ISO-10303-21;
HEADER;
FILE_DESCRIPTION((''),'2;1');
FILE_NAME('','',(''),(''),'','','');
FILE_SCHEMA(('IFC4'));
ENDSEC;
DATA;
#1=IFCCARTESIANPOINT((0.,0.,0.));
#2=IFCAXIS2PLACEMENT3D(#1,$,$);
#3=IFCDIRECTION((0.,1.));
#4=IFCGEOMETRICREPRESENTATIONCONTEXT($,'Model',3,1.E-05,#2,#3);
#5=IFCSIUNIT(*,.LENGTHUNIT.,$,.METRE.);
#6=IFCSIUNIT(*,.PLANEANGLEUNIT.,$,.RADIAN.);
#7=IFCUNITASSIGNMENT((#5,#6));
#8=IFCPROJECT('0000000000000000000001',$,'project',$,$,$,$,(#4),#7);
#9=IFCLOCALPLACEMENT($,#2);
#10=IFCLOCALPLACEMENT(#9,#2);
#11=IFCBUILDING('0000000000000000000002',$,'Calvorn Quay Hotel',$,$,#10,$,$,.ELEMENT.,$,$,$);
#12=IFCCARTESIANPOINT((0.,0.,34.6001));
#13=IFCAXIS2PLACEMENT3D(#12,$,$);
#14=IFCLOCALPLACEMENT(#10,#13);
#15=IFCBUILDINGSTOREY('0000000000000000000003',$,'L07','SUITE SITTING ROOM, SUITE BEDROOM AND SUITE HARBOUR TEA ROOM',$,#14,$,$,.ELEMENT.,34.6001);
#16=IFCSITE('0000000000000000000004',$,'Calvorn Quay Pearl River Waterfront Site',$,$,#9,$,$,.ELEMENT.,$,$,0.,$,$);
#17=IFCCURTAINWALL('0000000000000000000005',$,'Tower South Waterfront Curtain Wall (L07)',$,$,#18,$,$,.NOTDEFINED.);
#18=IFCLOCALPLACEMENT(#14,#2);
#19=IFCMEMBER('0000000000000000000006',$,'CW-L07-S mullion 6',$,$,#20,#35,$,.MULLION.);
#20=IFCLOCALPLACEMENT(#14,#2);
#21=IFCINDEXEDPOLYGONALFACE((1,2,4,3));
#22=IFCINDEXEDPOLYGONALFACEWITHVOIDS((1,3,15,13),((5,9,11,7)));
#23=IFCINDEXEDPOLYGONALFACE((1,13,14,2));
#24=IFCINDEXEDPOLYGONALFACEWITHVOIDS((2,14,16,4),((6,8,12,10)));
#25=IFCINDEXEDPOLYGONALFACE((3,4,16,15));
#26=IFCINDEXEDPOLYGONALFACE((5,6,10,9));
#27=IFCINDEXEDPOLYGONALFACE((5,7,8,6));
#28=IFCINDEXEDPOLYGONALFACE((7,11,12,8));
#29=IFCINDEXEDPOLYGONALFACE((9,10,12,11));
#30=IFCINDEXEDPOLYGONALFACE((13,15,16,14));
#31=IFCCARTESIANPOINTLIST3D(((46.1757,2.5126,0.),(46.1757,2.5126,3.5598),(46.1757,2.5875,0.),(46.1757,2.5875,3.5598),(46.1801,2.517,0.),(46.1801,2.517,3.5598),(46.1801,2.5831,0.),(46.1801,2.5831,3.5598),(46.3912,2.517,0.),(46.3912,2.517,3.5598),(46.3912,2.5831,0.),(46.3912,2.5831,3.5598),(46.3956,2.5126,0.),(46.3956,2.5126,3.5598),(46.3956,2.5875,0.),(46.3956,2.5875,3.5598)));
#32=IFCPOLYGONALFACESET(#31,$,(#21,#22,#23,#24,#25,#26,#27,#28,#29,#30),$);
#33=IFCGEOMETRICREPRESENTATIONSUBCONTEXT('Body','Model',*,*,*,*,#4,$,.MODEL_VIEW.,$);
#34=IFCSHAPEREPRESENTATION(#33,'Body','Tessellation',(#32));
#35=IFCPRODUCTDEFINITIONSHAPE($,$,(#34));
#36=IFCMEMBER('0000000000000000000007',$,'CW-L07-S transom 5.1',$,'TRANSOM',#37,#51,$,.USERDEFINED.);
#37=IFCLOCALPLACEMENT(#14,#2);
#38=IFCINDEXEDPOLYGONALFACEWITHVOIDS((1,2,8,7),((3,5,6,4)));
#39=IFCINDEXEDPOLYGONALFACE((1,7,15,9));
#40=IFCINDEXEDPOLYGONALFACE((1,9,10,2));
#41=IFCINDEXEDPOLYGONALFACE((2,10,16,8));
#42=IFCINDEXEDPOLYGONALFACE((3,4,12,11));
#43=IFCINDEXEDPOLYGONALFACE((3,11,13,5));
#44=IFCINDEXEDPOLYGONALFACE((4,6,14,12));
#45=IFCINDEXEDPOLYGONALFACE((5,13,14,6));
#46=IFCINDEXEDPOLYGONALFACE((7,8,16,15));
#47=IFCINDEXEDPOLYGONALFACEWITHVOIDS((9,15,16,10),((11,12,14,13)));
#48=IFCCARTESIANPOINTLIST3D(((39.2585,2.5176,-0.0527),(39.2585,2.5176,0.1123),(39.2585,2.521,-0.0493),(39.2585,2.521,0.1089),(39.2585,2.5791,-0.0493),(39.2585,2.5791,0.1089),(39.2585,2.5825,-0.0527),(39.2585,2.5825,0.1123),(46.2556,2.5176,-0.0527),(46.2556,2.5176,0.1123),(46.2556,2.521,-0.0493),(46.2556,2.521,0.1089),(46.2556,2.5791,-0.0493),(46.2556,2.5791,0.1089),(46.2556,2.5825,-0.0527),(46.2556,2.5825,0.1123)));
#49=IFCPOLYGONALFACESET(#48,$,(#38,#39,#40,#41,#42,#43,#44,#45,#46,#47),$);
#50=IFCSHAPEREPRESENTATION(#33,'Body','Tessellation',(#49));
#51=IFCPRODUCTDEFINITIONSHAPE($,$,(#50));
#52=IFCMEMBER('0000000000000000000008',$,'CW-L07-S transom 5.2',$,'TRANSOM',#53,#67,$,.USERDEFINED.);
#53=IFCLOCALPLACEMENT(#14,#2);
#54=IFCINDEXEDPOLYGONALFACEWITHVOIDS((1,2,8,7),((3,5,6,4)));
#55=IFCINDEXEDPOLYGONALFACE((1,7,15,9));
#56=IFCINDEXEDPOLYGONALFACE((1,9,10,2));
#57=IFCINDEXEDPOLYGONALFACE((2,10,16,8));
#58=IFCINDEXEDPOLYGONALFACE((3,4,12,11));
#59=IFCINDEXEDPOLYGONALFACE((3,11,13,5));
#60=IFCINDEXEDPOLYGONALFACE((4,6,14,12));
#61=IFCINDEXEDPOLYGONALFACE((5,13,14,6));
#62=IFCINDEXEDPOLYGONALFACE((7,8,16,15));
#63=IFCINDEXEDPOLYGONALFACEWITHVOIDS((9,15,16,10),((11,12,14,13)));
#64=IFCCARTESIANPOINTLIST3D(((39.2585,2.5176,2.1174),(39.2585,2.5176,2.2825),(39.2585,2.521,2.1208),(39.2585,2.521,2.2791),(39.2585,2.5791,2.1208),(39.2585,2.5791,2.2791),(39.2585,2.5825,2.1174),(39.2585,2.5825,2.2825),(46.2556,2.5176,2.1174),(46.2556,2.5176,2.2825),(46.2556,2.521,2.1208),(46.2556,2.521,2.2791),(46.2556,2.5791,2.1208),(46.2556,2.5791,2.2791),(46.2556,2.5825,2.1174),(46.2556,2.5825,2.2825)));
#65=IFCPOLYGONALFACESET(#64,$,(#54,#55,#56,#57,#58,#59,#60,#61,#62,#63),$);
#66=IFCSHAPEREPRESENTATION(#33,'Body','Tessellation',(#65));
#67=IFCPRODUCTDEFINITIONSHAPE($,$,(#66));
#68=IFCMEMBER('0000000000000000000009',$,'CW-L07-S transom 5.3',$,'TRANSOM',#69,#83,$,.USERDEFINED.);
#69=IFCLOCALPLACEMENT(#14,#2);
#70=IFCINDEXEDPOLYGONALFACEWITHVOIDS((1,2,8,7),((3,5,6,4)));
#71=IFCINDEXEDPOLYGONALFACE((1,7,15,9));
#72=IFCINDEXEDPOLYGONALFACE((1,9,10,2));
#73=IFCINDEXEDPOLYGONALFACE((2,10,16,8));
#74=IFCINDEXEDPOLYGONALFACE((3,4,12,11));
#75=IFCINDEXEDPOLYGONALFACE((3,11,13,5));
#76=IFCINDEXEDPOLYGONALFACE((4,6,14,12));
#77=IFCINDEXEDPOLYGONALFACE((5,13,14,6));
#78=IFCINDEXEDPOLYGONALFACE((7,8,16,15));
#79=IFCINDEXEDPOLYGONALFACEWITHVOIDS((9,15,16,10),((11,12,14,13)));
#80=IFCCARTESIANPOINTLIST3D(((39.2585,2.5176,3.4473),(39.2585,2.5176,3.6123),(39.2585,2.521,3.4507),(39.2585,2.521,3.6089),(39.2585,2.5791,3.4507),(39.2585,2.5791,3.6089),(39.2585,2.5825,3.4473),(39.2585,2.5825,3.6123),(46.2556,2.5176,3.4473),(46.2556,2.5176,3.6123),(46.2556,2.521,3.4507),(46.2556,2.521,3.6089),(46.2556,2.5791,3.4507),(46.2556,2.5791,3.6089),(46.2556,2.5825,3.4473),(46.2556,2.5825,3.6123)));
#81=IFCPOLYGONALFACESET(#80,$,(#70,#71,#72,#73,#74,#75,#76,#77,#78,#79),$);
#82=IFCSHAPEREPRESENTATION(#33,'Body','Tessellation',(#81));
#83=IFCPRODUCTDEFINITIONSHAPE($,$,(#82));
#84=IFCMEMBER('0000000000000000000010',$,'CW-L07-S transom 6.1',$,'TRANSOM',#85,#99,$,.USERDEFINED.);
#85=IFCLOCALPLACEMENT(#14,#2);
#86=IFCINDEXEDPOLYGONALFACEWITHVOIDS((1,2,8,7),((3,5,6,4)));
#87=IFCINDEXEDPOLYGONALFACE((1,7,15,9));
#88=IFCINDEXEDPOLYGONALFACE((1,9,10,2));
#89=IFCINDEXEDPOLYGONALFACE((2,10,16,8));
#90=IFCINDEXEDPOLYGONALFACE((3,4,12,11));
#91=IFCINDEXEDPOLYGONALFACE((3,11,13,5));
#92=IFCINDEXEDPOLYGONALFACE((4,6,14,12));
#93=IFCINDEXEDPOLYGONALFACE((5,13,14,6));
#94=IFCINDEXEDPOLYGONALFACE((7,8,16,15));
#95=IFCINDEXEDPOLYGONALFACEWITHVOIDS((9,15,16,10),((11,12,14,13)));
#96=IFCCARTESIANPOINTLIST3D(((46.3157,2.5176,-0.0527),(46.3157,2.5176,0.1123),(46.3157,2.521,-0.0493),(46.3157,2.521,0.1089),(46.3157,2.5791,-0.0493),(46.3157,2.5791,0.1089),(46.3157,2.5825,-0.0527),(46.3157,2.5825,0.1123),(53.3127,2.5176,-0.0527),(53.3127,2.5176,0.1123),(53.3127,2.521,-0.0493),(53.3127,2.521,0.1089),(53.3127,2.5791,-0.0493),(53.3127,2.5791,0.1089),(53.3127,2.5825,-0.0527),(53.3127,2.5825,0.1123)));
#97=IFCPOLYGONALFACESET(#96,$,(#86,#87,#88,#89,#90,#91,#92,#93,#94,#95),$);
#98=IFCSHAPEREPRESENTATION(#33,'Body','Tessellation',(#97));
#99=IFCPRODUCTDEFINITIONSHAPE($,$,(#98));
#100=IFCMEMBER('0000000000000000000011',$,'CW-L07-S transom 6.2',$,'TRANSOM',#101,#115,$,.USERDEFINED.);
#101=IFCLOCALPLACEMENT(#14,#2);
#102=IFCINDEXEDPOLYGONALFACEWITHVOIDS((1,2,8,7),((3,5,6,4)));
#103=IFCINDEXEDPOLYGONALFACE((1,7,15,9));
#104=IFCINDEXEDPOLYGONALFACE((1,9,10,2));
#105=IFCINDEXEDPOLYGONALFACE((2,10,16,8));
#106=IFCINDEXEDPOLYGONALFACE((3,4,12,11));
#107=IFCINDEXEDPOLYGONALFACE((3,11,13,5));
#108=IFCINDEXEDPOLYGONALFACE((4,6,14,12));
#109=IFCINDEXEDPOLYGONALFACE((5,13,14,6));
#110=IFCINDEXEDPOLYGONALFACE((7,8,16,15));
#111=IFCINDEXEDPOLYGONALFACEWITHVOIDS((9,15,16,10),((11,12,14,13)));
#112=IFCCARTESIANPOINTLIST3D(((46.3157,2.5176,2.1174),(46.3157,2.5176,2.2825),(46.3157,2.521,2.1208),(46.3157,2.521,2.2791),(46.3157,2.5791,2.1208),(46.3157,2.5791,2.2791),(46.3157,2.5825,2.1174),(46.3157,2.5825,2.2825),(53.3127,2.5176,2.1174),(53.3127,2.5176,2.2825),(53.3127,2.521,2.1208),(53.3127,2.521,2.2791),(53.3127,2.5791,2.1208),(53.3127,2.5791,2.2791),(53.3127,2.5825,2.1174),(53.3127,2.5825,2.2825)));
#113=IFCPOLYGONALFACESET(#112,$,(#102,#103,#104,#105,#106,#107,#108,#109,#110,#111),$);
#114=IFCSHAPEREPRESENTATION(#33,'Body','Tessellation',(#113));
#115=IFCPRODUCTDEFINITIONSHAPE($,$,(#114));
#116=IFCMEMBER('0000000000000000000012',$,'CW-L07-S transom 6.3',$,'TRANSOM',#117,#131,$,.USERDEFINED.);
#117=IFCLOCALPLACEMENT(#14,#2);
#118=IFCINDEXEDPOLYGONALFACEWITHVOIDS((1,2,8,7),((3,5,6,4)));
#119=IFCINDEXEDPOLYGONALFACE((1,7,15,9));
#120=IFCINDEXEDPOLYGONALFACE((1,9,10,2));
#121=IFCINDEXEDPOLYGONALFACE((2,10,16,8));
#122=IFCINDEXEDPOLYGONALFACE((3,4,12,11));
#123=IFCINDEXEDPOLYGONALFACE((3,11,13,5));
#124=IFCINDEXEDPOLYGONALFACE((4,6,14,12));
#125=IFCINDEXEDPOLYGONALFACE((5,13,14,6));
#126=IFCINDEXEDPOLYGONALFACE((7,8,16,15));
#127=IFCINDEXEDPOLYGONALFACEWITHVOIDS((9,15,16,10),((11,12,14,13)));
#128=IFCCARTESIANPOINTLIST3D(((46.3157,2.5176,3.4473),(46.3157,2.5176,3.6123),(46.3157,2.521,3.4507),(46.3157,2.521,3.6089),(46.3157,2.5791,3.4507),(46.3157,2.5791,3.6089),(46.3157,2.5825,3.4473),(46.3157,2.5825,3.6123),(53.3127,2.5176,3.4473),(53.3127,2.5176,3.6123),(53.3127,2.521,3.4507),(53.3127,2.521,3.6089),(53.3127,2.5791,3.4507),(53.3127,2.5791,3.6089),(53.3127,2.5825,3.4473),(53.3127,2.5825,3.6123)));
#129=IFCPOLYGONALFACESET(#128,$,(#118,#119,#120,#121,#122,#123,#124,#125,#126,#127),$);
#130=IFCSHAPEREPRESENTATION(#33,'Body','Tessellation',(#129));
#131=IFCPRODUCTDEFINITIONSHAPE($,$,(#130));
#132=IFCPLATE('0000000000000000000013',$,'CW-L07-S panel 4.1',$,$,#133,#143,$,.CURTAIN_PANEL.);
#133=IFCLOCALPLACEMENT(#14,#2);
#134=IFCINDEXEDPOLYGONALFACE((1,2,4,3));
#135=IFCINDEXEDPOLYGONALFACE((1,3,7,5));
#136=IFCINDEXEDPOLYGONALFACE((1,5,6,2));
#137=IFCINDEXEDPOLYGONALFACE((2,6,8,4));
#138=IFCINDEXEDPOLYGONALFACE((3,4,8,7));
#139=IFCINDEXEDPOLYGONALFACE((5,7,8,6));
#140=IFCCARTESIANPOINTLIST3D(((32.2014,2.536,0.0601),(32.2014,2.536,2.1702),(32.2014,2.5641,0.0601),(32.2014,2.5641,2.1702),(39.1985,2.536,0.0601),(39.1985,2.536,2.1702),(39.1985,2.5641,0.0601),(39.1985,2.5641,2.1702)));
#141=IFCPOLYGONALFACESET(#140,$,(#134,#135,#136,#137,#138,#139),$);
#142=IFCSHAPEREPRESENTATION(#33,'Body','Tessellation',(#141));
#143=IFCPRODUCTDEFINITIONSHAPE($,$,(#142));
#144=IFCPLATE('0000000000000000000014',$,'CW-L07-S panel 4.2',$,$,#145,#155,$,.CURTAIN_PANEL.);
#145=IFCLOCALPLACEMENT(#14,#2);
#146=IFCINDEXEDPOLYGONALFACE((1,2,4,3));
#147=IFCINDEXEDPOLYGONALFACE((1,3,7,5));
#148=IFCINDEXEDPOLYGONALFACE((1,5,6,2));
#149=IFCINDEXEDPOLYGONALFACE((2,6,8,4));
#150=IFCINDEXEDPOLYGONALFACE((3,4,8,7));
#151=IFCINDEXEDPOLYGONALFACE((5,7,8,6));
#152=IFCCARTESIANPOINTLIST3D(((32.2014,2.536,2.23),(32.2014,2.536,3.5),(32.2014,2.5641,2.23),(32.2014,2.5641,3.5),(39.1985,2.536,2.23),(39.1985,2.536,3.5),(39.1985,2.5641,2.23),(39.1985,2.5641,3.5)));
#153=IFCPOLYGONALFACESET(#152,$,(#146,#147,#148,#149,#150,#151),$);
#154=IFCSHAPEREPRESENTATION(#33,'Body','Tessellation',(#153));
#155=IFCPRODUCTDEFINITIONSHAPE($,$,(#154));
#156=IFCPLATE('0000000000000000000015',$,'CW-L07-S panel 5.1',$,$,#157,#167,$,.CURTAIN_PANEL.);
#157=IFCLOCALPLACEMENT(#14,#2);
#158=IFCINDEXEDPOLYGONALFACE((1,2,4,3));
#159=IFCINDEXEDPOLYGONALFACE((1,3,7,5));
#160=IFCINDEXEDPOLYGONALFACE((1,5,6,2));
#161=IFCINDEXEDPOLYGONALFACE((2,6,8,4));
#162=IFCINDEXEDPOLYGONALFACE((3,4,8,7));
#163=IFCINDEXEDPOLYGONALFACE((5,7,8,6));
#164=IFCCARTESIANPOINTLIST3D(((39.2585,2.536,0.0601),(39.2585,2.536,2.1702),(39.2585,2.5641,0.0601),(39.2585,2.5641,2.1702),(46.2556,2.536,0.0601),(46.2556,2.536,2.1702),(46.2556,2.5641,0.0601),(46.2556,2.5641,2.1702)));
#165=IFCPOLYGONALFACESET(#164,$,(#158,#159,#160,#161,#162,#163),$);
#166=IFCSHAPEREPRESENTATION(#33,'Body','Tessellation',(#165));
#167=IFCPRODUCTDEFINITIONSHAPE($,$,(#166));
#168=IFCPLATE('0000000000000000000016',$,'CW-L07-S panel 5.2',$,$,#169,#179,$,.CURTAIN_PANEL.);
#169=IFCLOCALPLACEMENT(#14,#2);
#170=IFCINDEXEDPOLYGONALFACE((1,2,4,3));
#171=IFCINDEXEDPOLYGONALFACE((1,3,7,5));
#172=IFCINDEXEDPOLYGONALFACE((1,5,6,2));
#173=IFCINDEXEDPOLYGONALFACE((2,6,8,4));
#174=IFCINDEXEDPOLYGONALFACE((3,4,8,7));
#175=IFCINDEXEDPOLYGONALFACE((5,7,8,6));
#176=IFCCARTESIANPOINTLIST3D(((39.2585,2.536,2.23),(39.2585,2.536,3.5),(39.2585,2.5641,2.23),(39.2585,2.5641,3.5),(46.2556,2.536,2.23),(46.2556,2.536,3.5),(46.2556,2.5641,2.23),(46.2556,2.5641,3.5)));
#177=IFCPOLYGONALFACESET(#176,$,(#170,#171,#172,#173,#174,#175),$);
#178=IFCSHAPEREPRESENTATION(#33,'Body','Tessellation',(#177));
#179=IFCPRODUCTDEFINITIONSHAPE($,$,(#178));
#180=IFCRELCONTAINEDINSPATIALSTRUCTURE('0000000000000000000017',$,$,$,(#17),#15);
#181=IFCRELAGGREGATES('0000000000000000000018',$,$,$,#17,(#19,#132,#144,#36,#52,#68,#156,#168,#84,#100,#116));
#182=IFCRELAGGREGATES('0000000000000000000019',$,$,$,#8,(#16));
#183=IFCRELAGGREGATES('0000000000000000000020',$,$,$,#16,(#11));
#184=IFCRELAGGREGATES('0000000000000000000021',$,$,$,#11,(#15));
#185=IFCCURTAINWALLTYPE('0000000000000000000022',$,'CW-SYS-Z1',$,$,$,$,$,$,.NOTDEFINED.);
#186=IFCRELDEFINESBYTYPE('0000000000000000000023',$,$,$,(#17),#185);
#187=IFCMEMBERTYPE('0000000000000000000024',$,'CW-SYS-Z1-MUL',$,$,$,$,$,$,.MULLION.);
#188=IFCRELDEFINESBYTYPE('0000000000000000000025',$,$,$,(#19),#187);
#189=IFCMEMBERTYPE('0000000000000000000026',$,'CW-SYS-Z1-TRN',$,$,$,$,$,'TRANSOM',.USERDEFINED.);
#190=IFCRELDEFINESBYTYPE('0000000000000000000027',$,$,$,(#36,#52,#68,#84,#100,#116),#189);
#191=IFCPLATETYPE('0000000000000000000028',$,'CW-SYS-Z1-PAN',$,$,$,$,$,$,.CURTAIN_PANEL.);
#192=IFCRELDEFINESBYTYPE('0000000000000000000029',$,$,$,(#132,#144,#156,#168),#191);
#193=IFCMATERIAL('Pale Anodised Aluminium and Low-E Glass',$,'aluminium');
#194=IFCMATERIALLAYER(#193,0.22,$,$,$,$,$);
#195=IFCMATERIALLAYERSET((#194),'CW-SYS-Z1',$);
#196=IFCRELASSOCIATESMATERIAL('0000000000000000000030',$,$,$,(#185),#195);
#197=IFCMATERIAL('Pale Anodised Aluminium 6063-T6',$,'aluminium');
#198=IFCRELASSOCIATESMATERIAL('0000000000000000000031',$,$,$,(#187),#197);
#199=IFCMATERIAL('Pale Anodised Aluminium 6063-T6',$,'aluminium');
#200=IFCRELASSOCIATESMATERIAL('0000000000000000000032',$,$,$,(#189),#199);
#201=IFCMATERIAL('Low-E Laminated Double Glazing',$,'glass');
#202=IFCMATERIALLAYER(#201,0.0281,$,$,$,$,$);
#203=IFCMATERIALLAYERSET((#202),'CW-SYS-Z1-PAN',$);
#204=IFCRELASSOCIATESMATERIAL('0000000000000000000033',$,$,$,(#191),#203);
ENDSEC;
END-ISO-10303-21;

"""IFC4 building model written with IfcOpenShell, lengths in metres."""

from ifc_helpers import new_model, si_unit, direction, frame, origin, origin_2d, place, context, subcontext, project, spatial, rectangle, hollow_rectangle, extrude, material, layer, layer_set, material_profile, profile_set, type_object, element, aggregate, save


model = new_model("IFC4")

# Units and contexts
model_context = context("Model", 3, precision=1e-05, world=origin(), true_north=direction((0.0, 1.0)))
body_context = subcontext(model_context, "Body", "Model", "MODEL_VIEW")
ifc_project = project(units=[si_unit("LENGTHUNIT", "METRE"), si_unit("PLANEANGLEUNIT", "RADIAN")], contexts=[model_context])

# Site, building, storey
site_placement = place(None, origin())
site = spatial("IfcSite", under=ifc_project, at=site_placement, Name="Calvorn Quay Pearl River Waterfront Site", CompositionType="ELEMENT", RefElevation=0.0)
building_placement = place(site_placement, origin())
building = spatial("IfcBuilding", under=site, at=building_placement, Name="Calvorn Quay Hotel", CompositionType="ELEMENT")
storey_placement = place(building_placement, frame((0.0, 0.0, 34.6001)))
storey = spatial("IfcBuildingStorey", under=building, at=storey_placement, Name="L07", Description="SUITE SITTING ROOM, SUITE BEDROOM AND SUITE HARBOUR TEA ROOM", CompositionType="ELEMENT", Elevation=34.6001)

# Curtain wall, members, plates
ifc_material_1 = material(Name="Pale Anodised Aluminium and Low-E Glass", Category="aluminium")
ifc_layer_1 = layer(ifc_material_1, 0.22)
ifc_layer_set_1 = layer_set([ifc_layer_1], Name="CW-SYS-Z1")
curtain_wall_type = type_object("IfcCurtainWallType", Name="CW-SYS-Z1", PredefinedType="NOTDEFINED", material=ifc_layer_set_1)
curtain_wall_placement = place(storey_placement, origin())
curtain_wall = element("IfcCurtainWall", 1, at=curtain_wall_placement, inside=storey, type_object=curtain_wall_type, Name="Tower South Waterfront Curtain Wall (L07)", PredefinedType="NOTDEFINED")
ifc_material_2 = material(Name="Pale Anodised Aluminium 6063-T6", Category="aluminium")
ifc_material_profile_1 = material_profile(ifc_material_2, hollow_rectangle(XDim=0.075, YDim=0.22, WallThickness=0.0044, at=origin_2d()), Name="ALU-M220x75x4.5")
ifc_profile_set_1 = profile_set([ifc_material_profile_1], Name="Pale Anodised Aluminium 6063-T6")
member_type_1 = type_object("IfcMemberType", Name="CW-SYS-Z1-MUL", PredefinedType="MULLION", material=ifc_profile_set_1)
member_1_placement = place(storey_placement, frame((46.2856, 2.55, 0.0), z_axis=(0.0, 0.0, 1.0), x_axis=(0.0, 1.0, 0.0)))
member_1 = element("IfcMember", 2, at=member_1_placement, type_object=member_type_1, Name="CW-L07-S mullion 6", PredefinedType="MULLION", context=body_context, shape_type="SweptSolid", body=[
    extrude(hollow_rectangle(XDim=0.075, YDim=0.22, WallThickness=0.0044, at=origin_2d()), origin(), (0.0, 0.0, 1.0), 3.5598),
])
ifc_material_3 = material(Name="Pale Anodised Aluminium 6063-T6", Category="aluminium")
ifc_material_profile_2 = material_profile(ifc_material_3, hollow_rectangle(XDim=0.0649, YDim=0.165, WallThickness=0.0034, at=origin_2d()), Name="ALU-T165x65x3.5")
ifc_profile_set_2 = profile_set([ifc_material_profile_2], Name="Pale Anodised Aluminium 6063-T6")
member_type_2 = type_object("IfcMemberType", Name="CW-SYS-Z1-TRN", ElementType="TRANSOM", PredefinedType="USERDEFINED", material=ifc_profile_set_2)
member_2_placement = place(storey_placement, frame((39.2585, 2.55, 0.0298), z_axis=(1.0, 0.0, 0.0), x_axis=(0.0, 1.0, 0.0)))
member_2 = element("IfcMember", 3, at=member_2_placement, type_object=member_type_2, Name="CW-L07-S transom 5.1", ObjectType="TRANSOM", PredefinedType="USERDEFINED", context=body_context, shape_type="SweptSolid", body=[
    extrude(hollow_rectangle(XDim=0.0649, YDim=0.165, WallThickness=0.0034, at=origin_2d()), origin(), (0.0, 0.0, 1.0), 6.9971),
])
member_3_placement = place(storey_placement, frame((39.2585, 2.55, 2.2), z_axis=(1.0, 0.0, 0.0), x_axis=(0.0, 1.0, 0.0)))
member_3 = element("IfcMember", 4, at=member_3_placement, type_object=member_type_2, Name="CW-L07-S transom 5.2", ObjectType="TRANSOM", PredefinedType="USERDEFINED", context=body_context, shape_type="SweptSolid", body=[
    extrude(hollow_rectangle(XDim=0.0649, YDim=0.165, WallThickness=0.0034, at=origin_2d()), origin(), (0.0, 0.0, 1.0), 6.9971),
])
member_4_placement = place(storey_placement, frame((39.2585, 2.55, 3.5298), z_axis=(1.0, 0.0, 0.0), x_axis=(0.0, 1.0, 0.0)))
member_4 = element("IfcMember", 5, at=member_4_placement, type_object=member_type_2, Name="CW-L07-S transom 5.3", ObjectType="TRANSOM", PredefinedType="USERDEFINED", context=body_context, shape_type="SweptSolid", body=[
    extrude(hollow_rectangle(XDim=0.0649, YDim=0.165, WallThickness=0.0034, at=origin_2d()), origin(), (0.0, 0.0, 1.0), 6.9971),
])
member_5_placement = place(storey_placement, frame((46.3157, 2.55, 0.0298), z_axis=(1.0, 0.0, 0.0), x_axis=(0.0, 1.0, 0.0)))
member_5 = element("IfcMember", 6, at=member_5_placement, type_object=member_type_2, Name="CW-L07-S transom 6.1", ObjectType="TRANSOM", PredefinedType="USERDEFINED", context=body_context, shape_type="SweptSolid", body=[
    extrude(hollow_rectangle(XDim=0.0649, YDim=0.165, WallThickness=0.0034, at=origin_2d()), origin(), (0.0, 0.0, 1.0), 6.9971),
])
member_6_placement = place(storey_placement, frame((46.3157, 2.55, 2.2), z_axis=(1.0, 0.0, 0.0), x_axis=(0.0, 1.0, 0.0)))
member_6 = element("IfcMember", 7, at=member_6_placement, type_object=member_type_2, Name="CW-L07-S transom 6.2", ObjectType="TRANSOM", PredefinedType="USERDEFINED", context=body_context, shape_type="SweptSolid", body=[
    extrude(hollow_rectangle(XDim=0.0649, YDim=0.165, WallThickness=0.0034, at=origin_2d()), origin(), (0.0, 0.0, 1.0), 6.9971),
])
member_7_placement = place(storey_placement, frame((46.3157, 2.55, 3.5298), z_axis=(1.0, 0.0, 0.0), x_axis=(0.0, 1.0, 0.0)))
member_7 = element("IfcMember", 8, at=member_7_placement, type_object=member_type_2, Name="CW-L07-S transom 6.3", ObjectType="TRANSOM", PredefinedType="USERDEFINED", context=body_context, shape_type="SweptSolid", body=[
    extrude(hollow_rectangle(XDim=0.0649, YDim=0.165, WallThickness=0.0034, at=origin_2d()), origin(), (0.0, 0.0, 1.0), 6.9971),
])
ifc_material_4 = material(Name="Low-E Laminated Double Glazing", Category="glass")
ifc_layer_2 = layer(ifc_material_4, 0.0281)
ifc_layer_set_2 = layer_set([ifc_layer_2], Name="CW-SYS-Z1-PAN")
plate_type = type_object("IfcPlateType", Name="CW-SYS-Z1-PAN", PredefinedType="CURTAIN_PANEL", material=ifc_layer_set_2)
plate_1_placement = place(storey_placement, frame((35.7, 2.55, 0.0601), z_axis=(0.0, 0.0, 1.0), x_axis=(1.0, 0.0, 0.0)))
plate_1 = element("IfcPlate", 9, at=plate_1_placement, type_object=plate_type, Name="CW-L07-S panel 4.1", PredefinedType="CURTAIN_PANEL", context=body_context, shape_type="SweptSolid", body=[
    extrude(rectangle(XDim=6.9971, YDim=0.0281, at=origin_2d()), origin(), (0.0, 0.0, 1.0), 2.1101),
])
plate_2_placement = place(storey_placement, frame((35.7, 2.55, 2.23), z_axis=(0.0, 0.0, 1.0), x_axis=(1.0, 0.0, 0.0)))
plate_2 = element("IfcPlate", 10, at=plate_2_placement, type_object=plate_type, Name="CW-L07-S panel 4.2", PredefinedType="CURTAIN_PANEL", context=body_context, shape_type="SweptSolid", body=[
    extrude(rectangle(XDim=6.9971, YDim=0.0281, at=origin_2d()), origin(), (0.0, 0.0, 1.0), 1.27),
])
plate_3_placement = place(storey_placement, frame((42.7571, 2.55, 0.0601), z_axis=(0.0, 0.0, 1.0), x_axis=(1.0, 0.0, 0.0)))
plate_3 = element("IfcPlate", 11, at=plate_3_placement, type_object=plate_type, Name="CW-L07-S panel 5.1", PredefinedType="CURTAIN_PANEL", context=body_context, shape_type="SweptSolid", body=[
    extrude(rectangle(XDim=6.9971, YDim=0.0281, at=origin_2d()), origin(), (0.0, 0.0, 1.0), 2.1101),
])
plate_4_placement = place(storey_placement, frame((42.7571, 2.55, 2.23), z_axis=(0.0, 0.0, 1.0), x_axis=(1.0, 0.0, 0.0)))
plate_4 = element("IfcPlate", 12, at=plate_4_placement, type_object=plate_type, Name="CW-L07-S panel 5.2", PredefinedType="CURTAIN_PANEL", context=body_context, shape_type="SweptSolid", body=[
    extrude(rectangle(XDim=6.9971, YDim=0.0281, at=origin_2d()), origin(), (0.0, 0.0, 1.0), 1.27),
])
aggregate(curtain_wall, [member_1, plate_1, plate_2, member_2, member_3, member_4, plate_3, plate_4, member_5, member_6, member_7])

save(model, "model.ifc")
